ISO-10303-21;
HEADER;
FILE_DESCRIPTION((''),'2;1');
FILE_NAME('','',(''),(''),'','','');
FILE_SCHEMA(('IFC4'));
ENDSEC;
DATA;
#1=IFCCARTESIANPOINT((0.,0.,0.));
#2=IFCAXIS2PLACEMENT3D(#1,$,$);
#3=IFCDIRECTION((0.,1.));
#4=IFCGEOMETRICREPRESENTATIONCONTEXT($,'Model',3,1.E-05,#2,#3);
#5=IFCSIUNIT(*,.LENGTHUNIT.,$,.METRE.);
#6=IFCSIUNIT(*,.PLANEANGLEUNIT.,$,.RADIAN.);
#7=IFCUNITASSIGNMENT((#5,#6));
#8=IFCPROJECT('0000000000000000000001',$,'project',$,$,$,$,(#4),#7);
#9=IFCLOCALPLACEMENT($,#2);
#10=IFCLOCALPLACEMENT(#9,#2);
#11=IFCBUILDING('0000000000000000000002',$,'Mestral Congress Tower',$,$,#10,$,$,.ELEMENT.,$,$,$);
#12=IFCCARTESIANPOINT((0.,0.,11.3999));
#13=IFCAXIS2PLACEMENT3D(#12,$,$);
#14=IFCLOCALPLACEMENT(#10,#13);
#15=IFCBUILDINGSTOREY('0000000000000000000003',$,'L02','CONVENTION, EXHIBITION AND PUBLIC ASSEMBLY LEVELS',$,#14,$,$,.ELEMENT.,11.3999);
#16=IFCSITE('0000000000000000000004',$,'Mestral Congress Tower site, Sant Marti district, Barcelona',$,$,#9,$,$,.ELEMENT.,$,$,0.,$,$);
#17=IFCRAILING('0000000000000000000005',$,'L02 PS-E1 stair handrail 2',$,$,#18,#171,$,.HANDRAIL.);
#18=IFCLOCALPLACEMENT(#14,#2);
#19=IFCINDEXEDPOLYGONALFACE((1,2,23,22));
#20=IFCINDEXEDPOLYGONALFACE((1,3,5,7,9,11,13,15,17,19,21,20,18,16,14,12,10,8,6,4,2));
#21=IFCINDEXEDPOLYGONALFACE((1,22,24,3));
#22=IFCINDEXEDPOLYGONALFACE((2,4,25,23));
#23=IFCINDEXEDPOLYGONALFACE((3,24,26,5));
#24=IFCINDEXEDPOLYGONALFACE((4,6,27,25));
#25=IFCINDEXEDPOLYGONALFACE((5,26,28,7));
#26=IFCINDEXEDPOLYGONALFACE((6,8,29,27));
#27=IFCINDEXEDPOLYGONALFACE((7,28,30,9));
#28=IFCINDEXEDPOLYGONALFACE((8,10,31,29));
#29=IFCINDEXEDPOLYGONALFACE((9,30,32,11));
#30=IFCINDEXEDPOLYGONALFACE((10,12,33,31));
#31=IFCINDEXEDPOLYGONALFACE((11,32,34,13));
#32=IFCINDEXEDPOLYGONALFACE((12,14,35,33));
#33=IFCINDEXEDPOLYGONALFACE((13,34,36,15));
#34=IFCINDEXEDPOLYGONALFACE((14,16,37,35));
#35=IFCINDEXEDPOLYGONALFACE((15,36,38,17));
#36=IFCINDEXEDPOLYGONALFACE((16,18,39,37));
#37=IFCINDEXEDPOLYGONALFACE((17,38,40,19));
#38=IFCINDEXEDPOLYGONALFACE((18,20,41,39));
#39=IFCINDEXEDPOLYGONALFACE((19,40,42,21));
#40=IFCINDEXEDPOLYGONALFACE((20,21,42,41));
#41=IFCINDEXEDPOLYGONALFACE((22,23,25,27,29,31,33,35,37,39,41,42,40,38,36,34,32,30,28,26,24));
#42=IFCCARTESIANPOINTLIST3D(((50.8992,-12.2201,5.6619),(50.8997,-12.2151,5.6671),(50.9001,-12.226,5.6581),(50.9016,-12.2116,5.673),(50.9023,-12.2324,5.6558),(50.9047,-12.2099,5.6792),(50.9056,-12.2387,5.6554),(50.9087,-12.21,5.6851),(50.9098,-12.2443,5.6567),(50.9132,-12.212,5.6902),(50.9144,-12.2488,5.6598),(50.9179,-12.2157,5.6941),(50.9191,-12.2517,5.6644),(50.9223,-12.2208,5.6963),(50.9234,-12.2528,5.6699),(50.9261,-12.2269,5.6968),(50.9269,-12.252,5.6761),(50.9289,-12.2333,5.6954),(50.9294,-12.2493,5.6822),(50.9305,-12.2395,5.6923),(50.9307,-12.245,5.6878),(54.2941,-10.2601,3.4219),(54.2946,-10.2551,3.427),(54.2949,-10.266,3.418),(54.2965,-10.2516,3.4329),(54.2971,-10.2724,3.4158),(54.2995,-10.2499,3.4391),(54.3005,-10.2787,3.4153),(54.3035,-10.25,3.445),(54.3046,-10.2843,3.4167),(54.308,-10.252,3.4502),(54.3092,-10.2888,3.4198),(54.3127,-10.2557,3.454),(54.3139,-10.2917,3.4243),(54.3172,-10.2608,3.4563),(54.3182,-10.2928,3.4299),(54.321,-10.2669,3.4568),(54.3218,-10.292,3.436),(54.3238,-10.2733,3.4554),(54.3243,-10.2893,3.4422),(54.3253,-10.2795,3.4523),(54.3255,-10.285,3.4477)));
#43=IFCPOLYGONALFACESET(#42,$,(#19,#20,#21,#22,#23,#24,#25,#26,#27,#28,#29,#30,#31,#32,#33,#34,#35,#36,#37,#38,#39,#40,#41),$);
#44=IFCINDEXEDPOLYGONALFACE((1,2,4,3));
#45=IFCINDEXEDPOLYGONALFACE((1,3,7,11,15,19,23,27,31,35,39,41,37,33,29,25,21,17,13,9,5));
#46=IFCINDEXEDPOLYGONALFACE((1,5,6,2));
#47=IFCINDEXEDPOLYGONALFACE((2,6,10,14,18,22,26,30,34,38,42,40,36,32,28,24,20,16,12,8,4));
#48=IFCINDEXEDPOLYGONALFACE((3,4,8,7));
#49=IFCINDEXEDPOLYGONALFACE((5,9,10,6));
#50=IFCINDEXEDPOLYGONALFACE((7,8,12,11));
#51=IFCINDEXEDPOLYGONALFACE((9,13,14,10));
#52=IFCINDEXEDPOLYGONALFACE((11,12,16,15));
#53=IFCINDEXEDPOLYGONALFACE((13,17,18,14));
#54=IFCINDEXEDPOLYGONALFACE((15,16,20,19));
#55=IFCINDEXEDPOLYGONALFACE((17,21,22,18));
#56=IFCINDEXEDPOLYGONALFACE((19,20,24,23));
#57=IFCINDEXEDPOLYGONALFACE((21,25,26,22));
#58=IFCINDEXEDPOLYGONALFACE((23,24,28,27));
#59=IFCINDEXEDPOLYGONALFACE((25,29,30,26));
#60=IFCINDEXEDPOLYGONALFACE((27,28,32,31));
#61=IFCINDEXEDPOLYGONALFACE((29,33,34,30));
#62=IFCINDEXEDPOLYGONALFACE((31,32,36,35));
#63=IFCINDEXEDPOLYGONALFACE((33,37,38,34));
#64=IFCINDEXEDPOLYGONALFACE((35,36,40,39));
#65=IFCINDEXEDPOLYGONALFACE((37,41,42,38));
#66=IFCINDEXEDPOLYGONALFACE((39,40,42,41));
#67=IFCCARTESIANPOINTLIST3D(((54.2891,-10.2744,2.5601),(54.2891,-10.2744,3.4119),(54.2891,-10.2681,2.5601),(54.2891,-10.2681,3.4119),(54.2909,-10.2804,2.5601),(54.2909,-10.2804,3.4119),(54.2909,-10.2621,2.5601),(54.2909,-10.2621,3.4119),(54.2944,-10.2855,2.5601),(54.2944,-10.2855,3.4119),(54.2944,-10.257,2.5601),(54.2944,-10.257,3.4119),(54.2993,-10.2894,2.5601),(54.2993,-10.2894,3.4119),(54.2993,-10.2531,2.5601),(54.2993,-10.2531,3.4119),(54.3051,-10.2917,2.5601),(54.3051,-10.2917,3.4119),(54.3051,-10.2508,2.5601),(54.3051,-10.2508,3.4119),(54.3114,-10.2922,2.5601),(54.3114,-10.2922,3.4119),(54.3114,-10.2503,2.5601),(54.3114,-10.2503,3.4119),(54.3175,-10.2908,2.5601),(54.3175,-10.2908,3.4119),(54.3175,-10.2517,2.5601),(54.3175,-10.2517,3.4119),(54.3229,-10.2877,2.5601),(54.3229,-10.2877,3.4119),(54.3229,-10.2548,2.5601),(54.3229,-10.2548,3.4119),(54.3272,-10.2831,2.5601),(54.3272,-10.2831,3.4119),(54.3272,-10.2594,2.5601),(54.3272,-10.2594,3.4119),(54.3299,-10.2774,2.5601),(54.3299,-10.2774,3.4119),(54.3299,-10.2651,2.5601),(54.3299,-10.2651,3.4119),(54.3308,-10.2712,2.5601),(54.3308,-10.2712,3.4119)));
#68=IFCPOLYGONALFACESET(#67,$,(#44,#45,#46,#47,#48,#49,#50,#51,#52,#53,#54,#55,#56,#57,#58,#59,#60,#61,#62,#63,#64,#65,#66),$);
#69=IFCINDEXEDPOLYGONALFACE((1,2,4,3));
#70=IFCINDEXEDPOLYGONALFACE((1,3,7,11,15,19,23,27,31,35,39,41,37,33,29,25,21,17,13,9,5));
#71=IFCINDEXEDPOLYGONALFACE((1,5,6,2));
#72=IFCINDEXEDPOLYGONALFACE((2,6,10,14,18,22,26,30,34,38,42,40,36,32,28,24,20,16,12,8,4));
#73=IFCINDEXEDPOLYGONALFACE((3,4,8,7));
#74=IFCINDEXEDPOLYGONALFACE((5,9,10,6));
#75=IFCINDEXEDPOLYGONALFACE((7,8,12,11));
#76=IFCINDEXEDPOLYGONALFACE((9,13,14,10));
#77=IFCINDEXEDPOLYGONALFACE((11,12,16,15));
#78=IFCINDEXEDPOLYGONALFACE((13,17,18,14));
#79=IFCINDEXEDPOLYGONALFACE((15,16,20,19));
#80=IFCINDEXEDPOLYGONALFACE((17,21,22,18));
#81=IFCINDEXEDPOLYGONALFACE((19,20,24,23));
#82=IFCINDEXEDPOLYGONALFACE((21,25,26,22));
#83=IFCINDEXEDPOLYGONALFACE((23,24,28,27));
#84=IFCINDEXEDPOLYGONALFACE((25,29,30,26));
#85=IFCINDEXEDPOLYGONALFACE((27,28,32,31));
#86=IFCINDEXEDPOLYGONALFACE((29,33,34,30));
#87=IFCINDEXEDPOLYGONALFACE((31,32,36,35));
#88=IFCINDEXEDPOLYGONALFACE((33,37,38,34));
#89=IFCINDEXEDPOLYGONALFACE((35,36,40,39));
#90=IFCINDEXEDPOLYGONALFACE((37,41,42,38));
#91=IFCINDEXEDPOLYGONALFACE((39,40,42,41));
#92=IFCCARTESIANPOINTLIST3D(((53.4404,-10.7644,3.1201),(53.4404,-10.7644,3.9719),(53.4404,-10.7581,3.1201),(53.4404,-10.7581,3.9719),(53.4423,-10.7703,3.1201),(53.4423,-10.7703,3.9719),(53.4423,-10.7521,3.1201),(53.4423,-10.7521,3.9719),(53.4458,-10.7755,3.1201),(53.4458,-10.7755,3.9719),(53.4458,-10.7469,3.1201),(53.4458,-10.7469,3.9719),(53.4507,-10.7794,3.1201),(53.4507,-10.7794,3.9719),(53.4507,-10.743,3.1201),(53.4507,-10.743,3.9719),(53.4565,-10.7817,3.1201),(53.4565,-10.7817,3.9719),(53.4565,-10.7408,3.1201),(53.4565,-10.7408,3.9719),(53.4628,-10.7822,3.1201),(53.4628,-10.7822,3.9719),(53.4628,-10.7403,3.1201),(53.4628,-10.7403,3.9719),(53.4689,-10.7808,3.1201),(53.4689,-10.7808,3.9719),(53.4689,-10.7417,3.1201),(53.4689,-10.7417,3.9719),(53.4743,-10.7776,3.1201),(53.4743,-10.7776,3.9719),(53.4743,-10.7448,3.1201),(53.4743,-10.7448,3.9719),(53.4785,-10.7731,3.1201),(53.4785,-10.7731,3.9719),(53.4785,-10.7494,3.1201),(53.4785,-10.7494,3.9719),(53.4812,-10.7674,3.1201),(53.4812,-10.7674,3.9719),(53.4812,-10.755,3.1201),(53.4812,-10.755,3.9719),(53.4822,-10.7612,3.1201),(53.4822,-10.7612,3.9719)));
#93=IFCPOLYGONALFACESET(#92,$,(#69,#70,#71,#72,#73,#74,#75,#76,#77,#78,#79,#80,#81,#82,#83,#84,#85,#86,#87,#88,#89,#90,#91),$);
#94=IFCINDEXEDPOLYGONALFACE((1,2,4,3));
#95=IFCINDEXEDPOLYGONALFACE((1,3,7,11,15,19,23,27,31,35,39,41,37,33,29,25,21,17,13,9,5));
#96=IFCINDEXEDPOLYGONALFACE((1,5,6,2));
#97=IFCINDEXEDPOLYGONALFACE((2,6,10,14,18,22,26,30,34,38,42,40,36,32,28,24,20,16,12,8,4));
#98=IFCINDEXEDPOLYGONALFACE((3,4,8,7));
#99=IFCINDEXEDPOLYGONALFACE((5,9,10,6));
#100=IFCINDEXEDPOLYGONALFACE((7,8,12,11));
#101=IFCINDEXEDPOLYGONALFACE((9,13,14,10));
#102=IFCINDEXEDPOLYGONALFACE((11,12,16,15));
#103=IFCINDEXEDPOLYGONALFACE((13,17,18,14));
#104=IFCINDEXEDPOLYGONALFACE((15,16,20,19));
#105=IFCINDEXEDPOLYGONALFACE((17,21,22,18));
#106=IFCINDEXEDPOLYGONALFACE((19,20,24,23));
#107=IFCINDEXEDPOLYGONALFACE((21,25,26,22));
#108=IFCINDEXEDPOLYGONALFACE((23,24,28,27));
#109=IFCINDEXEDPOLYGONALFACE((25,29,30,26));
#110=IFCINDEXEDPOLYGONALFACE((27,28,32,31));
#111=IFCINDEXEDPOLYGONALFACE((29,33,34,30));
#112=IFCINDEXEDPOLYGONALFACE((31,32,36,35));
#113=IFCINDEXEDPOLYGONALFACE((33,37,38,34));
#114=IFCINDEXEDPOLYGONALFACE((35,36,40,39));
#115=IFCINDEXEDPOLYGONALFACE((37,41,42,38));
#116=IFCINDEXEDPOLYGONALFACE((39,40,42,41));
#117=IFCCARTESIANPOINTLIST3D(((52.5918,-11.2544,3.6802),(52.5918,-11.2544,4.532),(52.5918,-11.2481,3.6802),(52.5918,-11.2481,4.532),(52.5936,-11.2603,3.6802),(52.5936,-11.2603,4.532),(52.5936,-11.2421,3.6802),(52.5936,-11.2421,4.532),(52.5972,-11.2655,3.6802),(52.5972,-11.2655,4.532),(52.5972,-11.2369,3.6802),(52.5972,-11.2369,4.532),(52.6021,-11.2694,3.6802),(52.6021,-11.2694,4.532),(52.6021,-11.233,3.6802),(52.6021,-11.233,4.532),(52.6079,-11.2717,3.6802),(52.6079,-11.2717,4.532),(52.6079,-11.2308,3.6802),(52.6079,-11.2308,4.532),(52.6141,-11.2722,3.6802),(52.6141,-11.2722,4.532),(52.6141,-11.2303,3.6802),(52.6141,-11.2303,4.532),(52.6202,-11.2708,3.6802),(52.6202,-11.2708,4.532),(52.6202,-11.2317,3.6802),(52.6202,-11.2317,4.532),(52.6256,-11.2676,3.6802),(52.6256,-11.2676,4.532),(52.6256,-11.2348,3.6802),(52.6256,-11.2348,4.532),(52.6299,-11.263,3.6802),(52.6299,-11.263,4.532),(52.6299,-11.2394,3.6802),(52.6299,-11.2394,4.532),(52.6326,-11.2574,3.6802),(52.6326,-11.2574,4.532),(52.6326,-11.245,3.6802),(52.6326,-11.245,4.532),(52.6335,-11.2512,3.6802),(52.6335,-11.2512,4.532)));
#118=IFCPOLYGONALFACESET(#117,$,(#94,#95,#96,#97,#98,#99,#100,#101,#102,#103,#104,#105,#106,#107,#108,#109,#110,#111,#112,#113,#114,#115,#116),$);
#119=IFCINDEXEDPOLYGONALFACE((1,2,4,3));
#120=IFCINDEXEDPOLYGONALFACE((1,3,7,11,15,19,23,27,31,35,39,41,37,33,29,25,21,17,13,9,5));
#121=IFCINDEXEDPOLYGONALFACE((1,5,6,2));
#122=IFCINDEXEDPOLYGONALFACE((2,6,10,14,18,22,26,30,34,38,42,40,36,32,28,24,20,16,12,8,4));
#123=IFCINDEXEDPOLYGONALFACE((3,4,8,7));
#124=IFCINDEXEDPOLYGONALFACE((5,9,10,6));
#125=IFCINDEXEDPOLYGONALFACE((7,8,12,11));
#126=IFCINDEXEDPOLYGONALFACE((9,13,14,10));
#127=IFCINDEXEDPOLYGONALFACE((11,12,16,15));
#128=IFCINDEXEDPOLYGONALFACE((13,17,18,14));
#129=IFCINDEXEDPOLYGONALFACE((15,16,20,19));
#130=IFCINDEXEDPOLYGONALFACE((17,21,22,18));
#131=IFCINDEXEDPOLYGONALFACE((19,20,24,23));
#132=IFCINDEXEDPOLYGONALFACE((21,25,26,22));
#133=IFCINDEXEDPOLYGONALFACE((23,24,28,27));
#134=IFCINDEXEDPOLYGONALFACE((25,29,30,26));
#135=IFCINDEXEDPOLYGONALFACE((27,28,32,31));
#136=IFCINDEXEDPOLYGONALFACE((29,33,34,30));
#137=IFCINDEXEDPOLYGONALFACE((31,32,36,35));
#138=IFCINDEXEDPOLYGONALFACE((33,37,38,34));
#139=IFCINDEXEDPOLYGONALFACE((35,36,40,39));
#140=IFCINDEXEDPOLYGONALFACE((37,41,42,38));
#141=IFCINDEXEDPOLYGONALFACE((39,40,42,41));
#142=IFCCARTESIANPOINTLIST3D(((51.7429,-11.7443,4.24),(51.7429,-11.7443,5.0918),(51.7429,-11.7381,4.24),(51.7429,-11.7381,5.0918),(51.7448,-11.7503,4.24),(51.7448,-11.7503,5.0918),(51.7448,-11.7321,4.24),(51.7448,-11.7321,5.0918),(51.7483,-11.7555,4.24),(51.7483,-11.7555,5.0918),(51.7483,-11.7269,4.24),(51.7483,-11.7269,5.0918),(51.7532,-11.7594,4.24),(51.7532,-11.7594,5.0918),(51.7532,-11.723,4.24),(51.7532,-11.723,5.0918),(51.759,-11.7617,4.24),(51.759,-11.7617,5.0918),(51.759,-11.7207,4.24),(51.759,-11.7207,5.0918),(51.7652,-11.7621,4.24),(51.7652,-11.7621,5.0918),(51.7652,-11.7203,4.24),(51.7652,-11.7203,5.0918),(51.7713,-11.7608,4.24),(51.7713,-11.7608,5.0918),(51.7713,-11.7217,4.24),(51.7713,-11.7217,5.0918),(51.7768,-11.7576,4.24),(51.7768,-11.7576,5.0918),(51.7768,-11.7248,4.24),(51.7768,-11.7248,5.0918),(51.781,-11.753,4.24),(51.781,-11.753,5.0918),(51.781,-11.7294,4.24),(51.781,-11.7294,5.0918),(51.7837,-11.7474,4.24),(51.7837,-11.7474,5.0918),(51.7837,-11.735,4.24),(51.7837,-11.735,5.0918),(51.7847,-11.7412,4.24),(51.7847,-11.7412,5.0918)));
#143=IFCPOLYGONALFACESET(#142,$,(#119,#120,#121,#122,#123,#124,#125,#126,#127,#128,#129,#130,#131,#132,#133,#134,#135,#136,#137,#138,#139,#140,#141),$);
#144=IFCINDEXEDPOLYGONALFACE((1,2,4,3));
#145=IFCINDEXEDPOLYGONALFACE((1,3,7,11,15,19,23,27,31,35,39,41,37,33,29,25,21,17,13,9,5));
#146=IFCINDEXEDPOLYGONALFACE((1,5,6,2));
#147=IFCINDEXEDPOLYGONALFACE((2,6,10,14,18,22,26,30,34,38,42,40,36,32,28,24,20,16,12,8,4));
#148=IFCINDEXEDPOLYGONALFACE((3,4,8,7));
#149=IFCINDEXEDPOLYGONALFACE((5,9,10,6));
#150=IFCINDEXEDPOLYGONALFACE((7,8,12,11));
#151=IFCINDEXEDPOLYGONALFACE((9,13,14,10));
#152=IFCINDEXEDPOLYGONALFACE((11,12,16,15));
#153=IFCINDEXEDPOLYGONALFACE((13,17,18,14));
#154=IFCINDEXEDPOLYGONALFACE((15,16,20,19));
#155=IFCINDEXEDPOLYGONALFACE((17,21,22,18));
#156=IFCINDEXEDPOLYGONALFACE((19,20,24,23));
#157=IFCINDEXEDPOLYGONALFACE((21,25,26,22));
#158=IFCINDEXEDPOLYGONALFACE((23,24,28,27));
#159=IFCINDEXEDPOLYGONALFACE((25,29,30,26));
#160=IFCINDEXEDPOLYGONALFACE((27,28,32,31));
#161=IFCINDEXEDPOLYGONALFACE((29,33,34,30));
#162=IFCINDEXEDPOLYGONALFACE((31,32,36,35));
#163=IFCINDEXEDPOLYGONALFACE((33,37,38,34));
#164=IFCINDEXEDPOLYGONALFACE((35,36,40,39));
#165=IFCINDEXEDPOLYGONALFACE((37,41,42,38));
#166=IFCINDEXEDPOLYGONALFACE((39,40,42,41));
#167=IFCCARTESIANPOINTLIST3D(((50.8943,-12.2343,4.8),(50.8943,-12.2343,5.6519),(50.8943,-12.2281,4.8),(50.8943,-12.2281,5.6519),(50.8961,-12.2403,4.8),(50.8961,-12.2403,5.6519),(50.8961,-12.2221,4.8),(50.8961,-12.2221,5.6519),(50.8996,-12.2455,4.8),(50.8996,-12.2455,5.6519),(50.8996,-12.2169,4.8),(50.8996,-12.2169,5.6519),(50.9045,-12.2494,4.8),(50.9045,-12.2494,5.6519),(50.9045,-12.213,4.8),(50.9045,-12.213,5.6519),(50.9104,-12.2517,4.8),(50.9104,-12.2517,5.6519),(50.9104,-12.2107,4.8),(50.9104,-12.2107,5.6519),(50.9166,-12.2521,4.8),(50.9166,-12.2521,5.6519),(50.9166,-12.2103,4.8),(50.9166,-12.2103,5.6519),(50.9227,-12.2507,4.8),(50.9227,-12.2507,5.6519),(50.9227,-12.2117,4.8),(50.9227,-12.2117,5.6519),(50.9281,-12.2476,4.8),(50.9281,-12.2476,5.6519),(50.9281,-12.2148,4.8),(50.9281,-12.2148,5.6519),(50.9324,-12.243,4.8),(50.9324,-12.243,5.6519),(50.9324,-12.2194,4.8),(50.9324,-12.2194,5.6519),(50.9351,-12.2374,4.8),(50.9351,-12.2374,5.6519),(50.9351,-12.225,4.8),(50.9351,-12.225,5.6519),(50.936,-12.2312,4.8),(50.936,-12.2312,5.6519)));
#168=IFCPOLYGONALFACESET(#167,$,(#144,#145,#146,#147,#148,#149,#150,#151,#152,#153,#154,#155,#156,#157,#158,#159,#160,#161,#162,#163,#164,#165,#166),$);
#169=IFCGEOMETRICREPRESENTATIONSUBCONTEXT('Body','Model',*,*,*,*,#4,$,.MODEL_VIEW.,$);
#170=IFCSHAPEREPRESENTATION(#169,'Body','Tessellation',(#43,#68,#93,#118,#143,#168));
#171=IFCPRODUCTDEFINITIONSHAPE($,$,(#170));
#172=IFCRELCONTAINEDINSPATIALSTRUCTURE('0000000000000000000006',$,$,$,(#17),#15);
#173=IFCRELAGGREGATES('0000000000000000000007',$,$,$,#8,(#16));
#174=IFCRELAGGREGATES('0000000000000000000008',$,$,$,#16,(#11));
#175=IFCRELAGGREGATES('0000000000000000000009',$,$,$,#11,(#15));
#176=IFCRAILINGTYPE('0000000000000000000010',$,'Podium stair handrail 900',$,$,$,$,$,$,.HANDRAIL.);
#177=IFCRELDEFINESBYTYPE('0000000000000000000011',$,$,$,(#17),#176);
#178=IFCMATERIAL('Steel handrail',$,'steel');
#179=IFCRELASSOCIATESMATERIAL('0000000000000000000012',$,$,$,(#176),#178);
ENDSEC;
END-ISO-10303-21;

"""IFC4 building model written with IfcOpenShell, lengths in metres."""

from ifc_helpers import new_model, si_unit, direction, frame, origin, origin_2d, place, context, subcontext, project, spatial, circle, extrude, material, type_object, element, save


model = new_model("IFC4")

# Units and contexts
model_context = context("Model", 3, precision=1e-05, world=origin(), true_north=direction((0.0, 1.0)))
body_context = subcontext(model_context, "Body", "Model", "MODEL_VIEW")
ifc_project = project(units=[si_unit("LENGTHUNIT", "METRE"), si_unit("PLANEANGLEUNIT", "RADIAN")], contexts=[model_context])

# Site, building, storey
site_placement = place(None, origin())
site = spatial("IfcSite", under=ifc_project, at=site_placement, Name="Mestral Congress Tower site, Sant Marti district, Barcelona", CompositionType="ELEMENT", RefElevation=0.0)
building_placement = place(site_placement, origin())
building = spatial("IfcBuilding", under=site, at=building_placement, Name="Mestral Congress Tower", CompositionType="ELEMENT")
storey_placement = place(building_placement, frame((0.0, 0.0, 11.3999)))
storey = spatial("IfcBuildingStorey", under=building, at=storey_placement, Name="L02", Description="CONVENTION, EXHIBITION AND PUBLIC ASSEMBLY LEVELS", CompositionType="ELEMENT", Elevation=11.3999)

# Railing
ifc_material_1 = material(Name="Steel handrail", Category="steel")
railing_type_1 = type_object("IfcRailingType", Name="Podium stair handrail 900", PredefinedType="HANDRAIL", material=ifc_material_1)
railing_1_placement = place(storey_placement, frame((54.3098, -10.2712, 2.5601)))
element("IfcRailing", 1, at=railing_1_placement, inside=storey, type_object=railing_type_1, Name="L02 PS-E1 stair handrail 2", PredefinedType="HANDRAIL", context=body_context, shape_type="SweptSolid", body=[
    extrude(circle(Radius=0.0239, at=origin_2d()), frame((0.0, 0.0, 0.876), z_axis=(-0.75192, -0.434118, 0.496143), x_axis=(0.499997, -0.866027, 0.0)), (0.0, 0.0, 1.0), 4.5149),
    extrude(circle(Radius=0.021, at=origin_2d()), origin(), (0.0, 0.0, 1.0), 0.8518),
    extrude(circle(Radius=0.021, at=origin_2d()), frame((-0.8486, -0.49, 0.5601)), (0.0, 0.0, 1.0), 0.8518),
    extrude(circle(Radius=0.021, at=origin_2d()), frame((-1.6973, -0.98, 1.1201)), (0.0, 0.0, 1.0), 0.8518),
    extrude(circle(Radius=0.021, at=origin_2d()), frame((-2.5461, -1.47, 1.6799)), (0.0, 0.0, 1.0), 0.8518),
    extrude(circle(Radius=0.021, at=origin_2d()), frame((-3.3948, -1.96, 2.24)), (0.0, 0.0, 1.0), 0.8518),
])

save(model, "model.ifc")
